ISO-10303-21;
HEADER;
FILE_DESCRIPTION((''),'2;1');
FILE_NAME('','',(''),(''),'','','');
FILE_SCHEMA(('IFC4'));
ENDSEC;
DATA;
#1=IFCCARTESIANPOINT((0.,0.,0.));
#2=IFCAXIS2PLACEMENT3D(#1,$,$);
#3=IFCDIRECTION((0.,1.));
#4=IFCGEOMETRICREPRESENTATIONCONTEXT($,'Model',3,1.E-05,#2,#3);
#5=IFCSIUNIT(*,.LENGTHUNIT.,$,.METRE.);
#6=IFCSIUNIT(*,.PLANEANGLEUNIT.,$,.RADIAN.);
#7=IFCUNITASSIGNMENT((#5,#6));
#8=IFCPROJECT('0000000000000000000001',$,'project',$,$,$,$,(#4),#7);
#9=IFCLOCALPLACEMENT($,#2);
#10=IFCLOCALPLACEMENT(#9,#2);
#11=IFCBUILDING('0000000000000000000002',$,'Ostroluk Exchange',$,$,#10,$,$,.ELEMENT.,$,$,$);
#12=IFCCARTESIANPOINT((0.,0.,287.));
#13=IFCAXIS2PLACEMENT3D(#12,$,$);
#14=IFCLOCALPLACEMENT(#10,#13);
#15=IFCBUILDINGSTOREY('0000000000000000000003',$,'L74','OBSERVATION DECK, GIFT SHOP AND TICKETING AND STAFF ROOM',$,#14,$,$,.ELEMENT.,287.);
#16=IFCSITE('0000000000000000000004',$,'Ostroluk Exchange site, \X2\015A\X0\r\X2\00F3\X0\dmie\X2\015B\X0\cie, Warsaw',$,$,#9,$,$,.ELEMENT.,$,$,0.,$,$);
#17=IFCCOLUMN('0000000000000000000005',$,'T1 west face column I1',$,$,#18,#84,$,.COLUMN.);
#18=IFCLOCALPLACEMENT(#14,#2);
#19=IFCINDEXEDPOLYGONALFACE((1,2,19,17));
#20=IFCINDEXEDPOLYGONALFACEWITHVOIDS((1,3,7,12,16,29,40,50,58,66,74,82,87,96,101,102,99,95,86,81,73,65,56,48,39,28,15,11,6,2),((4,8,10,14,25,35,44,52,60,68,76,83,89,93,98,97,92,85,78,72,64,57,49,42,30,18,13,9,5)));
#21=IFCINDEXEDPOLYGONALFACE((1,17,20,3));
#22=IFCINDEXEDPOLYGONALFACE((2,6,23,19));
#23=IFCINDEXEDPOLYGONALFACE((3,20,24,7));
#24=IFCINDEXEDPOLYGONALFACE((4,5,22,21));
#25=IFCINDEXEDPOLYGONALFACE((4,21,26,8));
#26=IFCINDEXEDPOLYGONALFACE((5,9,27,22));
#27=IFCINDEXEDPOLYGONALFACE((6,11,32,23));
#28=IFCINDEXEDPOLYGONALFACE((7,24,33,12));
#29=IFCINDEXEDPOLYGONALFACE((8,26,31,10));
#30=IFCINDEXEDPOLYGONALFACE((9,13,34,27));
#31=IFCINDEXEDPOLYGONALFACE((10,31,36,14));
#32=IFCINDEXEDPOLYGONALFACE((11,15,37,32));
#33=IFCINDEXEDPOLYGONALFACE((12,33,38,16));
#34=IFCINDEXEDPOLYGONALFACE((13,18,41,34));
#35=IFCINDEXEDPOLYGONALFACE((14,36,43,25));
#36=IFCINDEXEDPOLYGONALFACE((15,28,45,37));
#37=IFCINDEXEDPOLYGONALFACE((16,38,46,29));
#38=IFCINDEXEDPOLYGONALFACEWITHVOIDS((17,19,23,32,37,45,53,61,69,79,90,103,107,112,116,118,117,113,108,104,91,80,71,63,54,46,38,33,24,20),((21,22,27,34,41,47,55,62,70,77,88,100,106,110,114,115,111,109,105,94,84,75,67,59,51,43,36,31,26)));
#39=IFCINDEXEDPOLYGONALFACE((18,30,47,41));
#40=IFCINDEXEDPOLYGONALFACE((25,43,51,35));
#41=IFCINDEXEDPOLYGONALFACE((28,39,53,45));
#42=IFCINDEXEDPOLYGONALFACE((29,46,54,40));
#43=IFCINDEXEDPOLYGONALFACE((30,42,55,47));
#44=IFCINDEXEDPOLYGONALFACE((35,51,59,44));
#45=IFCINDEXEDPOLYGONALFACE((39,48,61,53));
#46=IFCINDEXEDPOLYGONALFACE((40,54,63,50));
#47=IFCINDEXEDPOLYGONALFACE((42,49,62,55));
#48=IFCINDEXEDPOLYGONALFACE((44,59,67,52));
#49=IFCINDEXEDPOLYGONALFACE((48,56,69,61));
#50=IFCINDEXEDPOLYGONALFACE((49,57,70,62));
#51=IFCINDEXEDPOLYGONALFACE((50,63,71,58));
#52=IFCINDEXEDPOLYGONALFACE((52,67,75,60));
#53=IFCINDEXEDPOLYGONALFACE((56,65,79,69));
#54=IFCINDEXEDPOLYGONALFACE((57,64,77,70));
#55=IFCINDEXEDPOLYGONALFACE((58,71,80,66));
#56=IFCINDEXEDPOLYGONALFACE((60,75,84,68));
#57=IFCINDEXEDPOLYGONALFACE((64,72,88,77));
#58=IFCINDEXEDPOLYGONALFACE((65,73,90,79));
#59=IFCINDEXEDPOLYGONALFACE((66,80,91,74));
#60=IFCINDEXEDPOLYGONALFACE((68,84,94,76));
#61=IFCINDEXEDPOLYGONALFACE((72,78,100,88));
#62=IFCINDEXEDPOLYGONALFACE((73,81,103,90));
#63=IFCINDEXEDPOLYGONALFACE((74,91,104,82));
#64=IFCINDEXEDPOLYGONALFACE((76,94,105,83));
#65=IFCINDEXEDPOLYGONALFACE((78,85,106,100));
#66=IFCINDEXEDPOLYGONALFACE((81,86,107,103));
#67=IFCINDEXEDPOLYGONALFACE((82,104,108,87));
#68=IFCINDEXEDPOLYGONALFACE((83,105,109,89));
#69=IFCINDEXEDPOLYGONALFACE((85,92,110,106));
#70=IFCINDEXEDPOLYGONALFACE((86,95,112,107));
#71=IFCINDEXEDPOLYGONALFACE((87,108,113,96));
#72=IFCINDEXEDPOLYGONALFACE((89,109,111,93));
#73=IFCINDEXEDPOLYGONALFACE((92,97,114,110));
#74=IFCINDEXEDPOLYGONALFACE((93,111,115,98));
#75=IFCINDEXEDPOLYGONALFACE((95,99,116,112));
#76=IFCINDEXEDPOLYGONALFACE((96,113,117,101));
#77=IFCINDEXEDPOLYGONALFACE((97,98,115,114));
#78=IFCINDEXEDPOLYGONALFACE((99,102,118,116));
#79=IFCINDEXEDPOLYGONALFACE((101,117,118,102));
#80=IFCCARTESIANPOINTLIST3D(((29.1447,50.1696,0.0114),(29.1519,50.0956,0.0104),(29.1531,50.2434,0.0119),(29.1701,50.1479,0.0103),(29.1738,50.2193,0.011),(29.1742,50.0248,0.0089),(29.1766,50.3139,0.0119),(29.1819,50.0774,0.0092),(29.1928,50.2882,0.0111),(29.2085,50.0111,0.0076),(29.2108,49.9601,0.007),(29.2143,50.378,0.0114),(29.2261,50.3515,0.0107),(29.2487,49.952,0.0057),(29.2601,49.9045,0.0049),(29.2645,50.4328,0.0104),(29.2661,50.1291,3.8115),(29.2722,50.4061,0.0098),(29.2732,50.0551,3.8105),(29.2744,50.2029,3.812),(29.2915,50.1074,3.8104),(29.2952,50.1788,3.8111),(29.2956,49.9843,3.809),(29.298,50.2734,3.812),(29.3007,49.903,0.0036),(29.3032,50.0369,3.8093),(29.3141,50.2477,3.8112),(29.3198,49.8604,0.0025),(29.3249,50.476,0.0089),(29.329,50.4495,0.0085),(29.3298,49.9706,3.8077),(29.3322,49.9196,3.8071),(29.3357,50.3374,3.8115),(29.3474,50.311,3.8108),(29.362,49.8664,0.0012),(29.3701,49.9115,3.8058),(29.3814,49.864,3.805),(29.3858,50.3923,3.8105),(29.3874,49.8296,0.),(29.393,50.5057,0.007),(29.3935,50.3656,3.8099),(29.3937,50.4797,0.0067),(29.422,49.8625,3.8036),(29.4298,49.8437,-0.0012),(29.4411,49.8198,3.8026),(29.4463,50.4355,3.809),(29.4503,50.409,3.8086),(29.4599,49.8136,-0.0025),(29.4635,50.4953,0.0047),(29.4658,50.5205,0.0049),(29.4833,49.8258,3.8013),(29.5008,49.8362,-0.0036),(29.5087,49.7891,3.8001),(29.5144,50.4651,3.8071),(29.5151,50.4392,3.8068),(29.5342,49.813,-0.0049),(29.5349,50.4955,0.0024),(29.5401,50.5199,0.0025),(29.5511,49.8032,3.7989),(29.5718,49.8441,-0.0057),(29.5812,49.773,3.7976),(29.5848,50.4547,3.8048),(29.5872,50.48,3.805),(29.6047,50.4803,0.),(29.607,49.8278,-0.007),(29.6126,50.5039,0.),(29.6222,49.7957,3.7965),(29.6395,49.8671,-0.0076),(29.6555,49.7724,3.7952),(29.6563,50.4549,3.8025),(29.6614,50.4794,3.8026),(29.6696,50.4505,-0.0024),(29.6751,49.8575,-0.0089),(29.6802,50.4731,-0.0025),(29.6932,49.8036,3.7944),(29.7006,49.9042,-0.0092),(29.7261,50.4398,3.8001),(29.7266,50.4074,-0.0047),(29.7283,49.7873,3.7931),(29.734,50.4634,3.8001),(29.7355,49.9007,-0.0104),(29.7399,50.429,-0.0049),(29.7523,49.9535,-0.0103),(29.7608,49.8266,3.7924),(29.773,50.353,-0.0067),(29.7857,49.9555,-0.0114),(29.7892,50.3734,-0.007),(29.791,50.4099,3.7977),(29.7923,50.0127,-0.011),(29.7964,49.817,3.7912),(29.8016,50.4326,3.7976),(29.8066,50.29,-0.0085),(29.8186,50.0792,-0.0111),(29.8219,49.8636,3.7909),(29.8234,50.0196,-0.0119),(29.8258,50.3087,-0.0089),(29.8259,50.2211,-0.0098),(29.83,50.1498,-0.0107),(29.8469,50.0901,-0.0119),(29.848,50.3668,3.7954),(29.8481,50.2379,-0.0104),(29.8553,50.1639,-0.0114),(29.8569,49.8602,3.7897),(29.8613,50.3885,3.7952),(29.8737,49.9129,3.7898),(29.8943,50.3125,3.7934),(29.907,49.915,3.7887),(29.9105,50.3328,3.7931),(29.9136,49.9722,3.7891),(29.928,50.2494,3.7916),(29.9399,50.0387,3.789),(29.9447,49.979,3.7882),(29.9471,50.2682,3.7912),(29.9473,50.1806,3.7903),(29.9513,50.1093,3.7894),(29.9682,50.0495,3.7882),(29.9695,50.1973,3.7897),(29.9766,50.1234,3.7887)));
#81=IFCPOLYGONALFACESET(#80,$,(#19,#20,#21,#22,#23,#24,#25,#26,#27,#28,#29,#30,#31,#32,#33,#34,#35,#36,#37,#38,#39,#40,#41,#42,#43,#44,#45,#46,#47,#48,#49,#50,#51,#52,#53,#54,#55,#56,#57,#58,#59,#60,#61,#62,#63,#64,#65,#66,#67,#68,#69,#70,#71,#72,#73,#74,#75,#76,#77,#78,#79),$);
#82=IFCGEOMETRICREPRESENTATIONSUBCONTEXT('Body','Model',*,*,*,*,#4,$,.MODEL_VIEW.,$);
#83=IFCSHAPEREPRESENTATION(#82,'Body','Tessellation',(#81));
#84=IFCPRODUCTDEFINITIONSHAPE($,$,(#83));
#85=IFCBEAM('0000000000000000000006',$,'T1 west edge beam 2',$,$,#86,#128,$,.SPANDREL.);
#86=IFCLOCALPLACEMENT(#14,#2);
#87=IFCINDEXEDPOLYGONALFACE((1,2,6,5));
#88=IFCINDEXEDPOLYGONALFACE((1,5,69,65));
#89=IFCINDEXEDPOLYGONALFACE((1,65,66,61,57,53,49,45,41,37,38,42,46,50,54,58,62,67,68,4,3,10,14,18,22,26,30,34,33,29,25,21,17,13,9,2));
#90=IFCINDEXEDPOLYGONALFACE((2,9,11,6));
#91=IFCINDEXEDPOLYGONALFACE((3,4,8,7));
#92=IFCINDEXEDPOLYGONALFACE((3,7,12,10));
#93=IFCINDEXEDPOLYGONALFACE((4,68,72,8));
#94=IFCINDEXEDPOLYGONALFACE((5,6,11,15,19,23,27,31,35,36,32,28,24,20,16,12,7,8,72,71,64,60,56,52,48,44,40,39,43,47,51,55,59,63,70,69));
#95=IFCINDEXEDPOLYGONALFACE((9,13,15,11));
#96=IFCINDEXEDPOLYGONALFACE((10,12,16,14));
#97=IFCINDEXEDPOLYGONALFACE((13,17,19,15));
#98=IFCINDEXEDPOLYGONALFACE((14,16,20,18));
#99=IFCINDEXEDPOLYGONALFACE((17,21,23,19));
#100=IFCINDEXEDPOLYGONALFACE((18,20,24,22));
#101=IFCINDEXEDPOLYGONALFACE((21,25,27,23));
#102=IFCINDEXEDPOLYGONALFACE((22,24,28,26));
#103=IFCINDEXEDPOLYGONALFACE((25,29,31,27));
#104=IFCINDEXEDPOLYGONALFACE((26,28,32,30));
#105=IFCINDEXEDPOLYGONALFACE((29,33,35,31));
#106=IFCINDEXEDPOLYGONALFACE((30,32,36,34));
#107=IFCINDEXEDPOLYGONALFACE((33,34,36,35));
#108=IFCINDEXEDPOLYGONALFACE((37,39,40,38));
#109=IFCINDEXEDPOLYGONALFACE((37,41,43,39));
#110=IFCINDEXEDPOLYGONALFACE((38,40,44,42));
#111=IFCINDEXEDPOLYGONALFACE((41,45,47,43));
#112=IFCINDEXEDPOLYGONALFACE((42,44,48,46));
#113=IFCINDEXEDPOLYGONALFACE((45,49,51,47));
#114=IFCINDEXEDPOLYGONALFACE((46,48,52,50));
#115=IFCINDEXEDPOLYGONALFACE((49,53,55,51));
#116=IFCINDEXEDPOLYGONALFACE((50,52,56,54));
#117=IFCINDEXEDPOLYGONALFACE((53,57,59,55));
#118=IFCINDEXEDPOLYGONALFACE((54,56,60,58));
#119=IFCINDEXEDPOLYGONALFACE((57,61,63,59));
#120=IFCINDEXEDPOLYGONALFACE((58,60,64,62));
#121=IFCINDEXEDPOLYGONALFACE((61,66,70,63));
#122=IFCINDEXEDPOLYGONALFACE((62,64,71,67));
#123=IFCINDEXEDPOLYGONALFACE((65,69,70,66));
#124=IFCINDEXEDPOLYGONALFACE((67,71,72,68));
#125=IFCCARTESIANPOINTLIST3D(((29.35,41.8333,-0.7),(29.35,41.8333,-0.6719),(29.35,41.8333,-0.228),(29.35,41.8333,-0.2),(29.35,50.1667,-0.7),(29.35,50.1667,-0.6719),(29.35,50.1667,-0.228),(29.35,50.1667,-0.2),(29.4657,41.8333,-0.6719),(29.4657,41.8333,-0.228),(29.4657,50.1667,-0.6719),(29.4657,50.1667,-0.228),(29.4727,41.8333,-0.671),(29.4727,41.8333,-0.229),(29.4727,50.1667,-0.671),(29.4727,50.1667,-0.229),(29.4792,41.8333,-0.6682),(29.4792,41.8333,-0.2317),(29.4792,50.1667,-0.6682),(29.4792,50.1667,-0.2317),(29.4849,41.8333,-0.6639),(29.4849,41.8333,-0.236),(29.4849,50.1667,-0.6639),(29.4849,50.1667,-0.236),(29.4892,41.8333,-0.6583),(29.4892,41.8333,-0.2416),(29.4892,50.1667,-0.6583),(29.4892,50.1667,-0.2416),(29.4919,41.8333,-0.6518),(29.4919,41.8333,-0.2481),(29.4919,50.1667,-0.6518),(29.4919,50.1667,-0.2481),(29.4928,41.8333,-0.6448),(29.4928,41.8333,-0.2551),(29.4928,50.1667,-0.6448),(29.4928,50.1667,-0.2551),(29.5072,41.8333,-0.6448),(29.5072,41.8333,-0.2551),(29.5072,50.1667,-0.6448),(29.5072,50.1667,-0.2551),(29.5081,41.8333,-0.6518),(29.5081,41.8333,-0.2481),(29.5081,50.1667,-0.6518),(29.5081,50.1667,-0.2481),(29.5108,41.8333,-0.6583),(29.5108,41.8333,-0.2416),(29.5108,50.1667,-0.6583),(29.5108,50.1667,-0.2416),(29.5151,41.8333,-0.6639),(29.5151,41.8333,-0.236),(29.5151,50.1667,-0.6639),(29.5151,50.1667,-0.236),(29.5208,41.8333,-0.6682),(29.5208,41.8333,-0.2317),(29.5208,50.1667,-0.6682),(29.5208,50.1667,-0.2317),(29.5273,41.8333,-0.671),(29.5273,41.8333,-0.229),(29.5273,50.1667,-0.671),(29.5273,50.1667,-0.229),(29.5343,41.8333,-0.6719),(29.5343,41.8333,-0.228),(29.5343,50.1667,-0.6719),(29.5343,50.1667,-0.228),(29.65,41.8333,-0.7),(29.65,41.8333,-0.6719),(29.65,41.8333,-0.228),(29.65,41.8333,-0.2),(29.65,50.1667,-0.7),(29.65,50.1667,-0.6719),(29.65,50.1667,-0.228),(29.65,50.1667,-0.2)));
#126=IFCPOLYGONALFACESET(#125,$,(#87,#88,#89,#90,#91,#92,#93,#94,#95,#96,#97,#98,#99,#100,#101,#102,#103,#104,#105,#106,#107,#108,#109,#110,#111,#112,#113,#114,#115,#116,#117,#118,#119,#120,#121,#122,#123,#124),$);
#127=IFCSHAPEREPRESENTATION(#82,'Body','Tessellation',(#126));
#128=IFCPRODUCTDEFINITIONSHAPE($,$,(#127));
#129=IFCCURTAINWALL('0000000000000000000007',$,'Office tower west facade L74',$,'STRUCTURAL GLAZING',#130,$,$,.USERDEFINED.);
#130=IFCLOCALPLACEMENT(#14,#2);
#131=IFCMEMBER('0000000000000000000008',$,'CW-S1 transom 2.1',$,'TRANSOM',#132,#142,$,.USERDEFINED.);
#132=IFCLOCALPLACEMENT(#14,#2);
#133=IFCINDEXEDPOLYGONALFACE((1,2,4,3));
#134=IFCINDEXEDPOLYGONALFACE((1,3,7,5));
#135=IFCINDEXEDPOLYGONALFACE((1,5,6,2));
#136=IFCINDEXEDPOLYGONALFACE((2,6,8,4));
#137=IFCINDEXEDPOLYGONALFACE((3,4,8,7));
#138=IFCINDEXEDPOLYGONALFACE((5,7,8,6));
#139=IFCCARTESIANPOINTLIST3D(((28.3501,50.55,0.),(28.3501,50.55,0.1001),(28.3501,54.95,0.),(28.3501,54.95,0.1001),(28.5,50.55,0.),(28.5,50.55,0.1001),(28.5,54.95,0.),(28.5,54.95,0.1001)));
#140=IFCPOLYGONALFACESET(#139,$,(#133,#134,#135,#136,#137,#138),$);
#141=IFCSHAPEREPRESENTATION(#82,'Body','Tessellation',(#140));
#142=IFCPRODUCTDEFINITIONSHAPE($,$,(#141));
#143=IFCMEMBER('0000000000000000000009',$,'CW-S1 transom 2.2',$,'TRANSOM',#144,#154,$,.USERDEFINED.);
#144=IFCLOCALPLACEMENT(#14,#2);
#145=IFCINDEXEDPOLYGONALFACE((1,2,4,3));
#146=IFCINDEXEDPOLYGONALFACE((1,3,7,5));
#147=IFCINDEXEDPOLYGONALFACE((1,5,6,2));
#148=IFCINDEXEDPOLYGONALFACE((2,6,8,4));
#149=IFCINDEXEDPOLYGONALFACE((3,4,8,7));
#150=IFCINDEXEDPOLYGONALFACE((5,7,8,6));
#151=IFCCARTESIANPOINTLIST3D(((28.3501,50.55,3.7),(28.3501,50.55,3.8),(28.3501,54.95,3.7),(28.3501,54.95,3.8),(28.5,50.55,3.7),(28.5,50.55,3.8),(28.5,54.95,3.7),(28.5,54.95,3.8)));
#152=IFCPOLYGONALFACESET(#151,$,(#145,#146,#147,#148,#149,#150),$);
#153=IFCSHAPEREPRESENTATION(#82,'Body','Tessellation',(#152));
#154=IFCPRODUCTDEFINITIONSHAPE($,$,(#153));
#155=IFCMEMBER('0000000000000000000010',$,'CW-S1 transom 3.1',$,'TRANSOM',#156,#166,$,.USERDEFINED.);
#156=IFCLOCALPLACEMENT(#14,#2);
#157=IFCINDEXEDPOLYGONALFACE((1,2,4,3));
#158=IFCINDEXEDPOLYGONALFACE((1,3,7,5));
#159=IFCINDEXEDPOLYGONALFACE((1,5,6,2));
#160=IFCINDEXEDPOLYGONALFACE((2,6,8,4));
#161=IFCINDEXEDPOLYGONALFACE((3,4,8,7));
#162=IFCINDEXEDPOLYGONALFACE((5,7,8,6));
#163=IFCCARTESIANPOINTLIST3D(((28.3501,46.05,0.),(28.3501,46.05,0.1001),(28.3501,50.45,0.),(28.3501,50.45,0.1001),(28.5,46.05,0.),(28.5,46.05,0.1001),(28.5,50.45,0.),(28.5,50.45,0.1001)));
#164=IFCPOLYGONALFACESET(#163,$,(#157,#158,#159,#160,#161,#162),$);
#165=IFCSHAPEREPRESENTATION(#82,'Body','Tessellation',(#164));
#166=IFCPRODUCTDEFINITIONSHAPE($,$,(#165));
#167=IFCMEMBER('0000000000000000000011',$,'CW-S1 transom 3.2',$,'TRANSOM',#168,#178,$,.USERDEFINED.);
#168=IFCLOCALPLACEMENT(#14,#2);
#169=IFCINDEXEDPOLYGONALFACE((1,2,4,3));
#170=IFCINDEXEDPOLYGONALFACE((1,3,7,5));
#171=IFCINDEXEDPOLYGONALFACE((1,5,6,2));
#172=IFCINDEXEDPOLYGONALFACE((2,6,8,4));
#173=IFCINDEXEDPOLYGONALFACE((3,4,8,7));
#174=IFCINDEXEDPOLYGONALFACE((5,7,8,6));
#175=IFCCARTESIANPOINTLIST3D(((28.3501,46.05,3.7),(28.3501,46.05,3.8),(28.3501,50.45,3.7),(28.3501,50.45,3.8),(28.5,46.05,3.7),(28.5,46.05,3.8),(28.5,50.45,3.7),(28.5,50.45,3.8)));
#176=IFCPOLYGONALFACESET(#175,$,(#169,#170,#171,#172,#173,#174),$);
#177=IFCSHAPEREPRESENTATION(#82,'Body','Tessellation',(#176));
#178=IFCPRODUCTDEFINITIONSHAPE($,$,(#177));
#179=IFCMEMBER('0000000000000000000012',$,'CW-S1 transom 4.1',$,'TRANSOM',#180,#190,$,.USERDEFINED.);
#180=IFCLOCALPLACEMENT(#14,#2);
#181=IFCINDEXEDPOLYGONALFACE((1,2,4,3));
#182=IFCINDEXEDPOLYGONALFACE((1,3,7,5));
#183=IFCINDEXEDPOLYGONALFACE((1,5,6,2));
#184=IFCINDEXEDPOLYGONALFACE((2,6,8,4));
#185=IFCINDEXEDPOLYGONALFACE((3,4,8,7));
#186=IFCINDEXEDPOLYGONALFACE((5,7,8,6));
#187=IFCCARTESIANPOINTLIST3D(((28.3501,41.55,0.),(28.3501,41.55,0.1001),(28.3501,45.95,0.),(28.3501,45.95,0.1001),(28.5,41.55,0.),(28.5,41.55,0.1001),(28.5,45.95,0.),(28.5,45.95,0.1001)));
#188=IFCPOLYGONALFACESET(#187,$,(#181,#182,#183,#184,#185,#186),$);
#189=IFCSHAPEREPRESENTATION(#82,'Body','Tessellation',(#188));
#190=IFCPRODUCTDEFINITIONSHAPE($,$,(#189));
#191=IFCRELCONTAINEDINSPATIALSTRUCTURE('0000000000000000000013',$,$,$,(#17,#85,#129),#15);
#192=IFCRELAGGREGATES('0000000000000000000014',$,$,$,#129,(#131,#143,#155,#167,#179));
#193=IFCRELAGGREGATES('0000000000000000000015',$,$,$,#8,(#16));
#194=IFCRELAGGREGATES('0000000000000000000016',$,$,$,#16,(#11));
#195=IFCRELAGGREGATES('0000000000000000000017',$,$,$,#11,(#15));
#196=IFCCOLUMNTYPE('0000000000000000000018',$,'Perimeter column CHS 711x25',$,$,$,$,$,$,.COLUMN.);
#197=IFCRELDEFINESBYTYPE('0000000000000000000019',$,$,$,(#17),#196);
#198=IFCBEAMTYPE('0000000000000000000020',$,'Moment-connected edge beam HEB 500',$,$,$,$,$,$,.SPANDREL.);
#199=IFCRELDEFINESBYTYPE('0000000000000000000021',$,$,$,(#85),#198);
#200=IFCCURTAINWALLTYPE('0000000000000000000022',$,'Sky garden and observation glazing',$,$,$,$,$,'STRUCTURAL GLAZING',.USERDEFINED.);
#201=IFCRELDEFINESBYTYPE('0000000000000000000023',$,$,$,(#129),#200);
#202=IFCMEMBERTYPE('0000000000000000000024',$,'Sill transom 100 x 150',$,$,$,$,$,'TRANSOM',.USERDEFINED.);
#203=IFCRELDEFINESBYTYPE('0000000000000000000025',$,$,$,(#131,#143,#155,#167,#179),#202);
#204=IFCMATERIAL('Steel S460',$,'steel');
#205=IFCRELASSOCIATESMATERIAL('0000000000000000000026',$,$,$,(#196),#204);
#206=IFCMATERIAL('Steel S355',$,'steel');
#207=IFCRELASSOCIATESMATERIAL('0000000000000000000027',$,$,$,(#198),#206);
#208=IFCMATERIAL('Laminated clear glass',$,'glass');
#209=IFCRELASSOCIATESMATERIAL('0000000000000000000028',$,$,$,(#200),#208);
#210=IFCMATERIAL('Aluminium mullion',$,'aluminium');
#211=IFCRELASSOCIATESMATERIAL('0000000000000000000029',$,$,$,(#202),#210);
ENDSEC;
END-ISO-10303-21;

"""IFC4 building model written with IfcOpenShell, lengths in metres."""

from ifc_helpers import new_model, si_unit, direction, frame, origin, origin_2d, place, context, subcontext, project, spatial, rectangle, hollow_circle, i_section, extrude, material, material_profile, profile_set, type_object, element, aggregate, save


model = new_model("IFC4")

# Units and contexts
model_context = context("Model", 3, precision=1e-05, world=origin(), true_north=direction((0.0, 1.0)))
body_context = subcontext(model_context, "Body", "Model", "MODEL_VIEW")
ifc_project = project(units=[si_unit("LENGTHUNIT", "METRE"), si_unit("PLANEANGLEUNIT", "RADIAN")], contexts=[model_context])

# Site, building, storey
site_placement = place(None, origin())
site = spatial("IfcSite", under=ifc_project, at=site_placement, Name="Ostroluk Exchange site, Śródmieście, Warsaw", CompositionType="ELEMENT", RefElevation=0.0)
building_placement = place(site_placement, origin())
building = spatial("IfcBuilding", under=site, at=building_placement, Name="Ostroluk Exchange", CompositionType="ELEMENT")
storey_placement = place(building_placement, frame((0.0, 0.0, 287.0)))
storey = spatial("IfcBuildingStorey", under=building, at=storey_placement, Name="L74", Description="OBSERVATION DECK, GIFT SHOP AND TICKETING AND STAFF ROOM", CompositionType="ELEMENT", Elevation=287.0)

# Column
ifc_material_1 = material(Name="Steel S460", Category="steel")
ifc_material_profile_1 = material_profile(ifc_material_1, hollow_circle(Radius=0.3555, WallThickness=0.0249, at=origin_2d()), Name="CHS 711x25")
ifc_profile_set_1 = profile_set([ifc_material_profile_1], Name="Steel S460")
column_type = type_object("IfcColumnType", Name="Perimeter column CHS 711x25", PredefinedType="COLUMN", material=ifc_profile_set_1)
column_placement = place(storey_placement, frame((29.5, 50.1667, 0.0), z_axis=(0.031913, -0.010659, 0.999434), x_axis=(0.3168, 0.948492, 0.0)))
element("IfcColumn", 1, at=column_placement, inside=storey, type_object=column_type, Name="T1 west face column I1", PredefinedType="COLUMN", context=body_context, shape_type="SweptSolid", body=[
    extrude(hollow_circle(Radius=0.3555, WallThickness=0.0249, at=origin_2d()), origin(), (0.0, 0.0, 1.0), 3.8022),
])

# Beam
ifc_material_2 = material(Name="Steel S355", Category="steel")
ifc_material_profile_2 = material_profile(ifc_material_2, i_section(OverallWidth=0.3, OverallDepth=0.5, WebThickness=0.0144, FlangeThickness=0.0281, FilletRadius=0.0271, at=origin_2d()), Name="HEB 500")
ifc_profile_set_2 = profile_set([ifc_material_profile_2], Name="Steel S355")
beam_type = type_object("IfcBeamType", Name="Moment-connected edge beam HEB 500", PredefinedType="SPANDREL", material=ifc_profile_set_2)
beam_placement = place(storey_placement, frame((29.5, 50.1667, -0.45), z_axis=(0.0, -1.0, 0.0), x_axis=(1.0, 0.0, 0.0)))
element("IfcBeam", 2, at=beam_placement, inside=storey, type_object=beam_type, Name="T1 west edge beam 2", PredefinedType="SPANDREL", context=body_context, shape_type="SweptSolid", body=[
    extrude(i_section(OverallWidth=0.3, OverallDepth=0.5, WebThickness=0.0144, FlangeThickness=0.0281, FilletRadius=0.0271, at=origin_2d()), origin(), (0.0, 0.0, 1.0), 8.3335),
])

# Curtain wall, members
ifc_material_3 = material(Name="Laminated clear glass", Category="glass")
curtain_wall_type = type_object("IfcCurtainWallType", Name="Sky garden and observation glazing", ElementType="STRUCTURAL GLAZING", PredefinedType="USERDEFINED", material=ifc_material_3)
curtain_wall_placement = place(storey_placement, origin())
curtain_wall = element("IfcCurtainWall", 3, at=curtain_wall_placement, inside=storey, type_object=curtain_wall_type, Name="Office tower west facade L74", ObjectType="STRUCTURAL GLAZING", PredefinedType="USERDEFINED")
ifc_material_4 = material(Name="Aluminium mullion", Category="aluminium")
ifc_material_profile_3 = material_profile(ifc_material_4, rectangle(XDim=0.1499, YDim=0.1001, at=origin_2d()), Name="Sill transom 100 x 150")
ifc_profile_set_3 = profile_set([ifc_material_profile_3], Name="Aluminium mullion")
member_type_1 = type_object("IfcMemberType", Name="Sill transom 100 x 150", ElementType="TRANSOM", PredefinedType="USERDEFINED", material=ifc_profile_set_3)
member_1_placement = place(storey_placement, frame((28.425, 54.95, 0.05), z_axis=(0.0, -1.0, 0.0), x_axis=(1.0, 0.0, 0.0)))
member_1 = element("IfcMember", 4, at=member_1_placement, type_object=member_type_1, Name="CW-S1 transom 2.1", ObjectType="TRANSOM", PredefinedType="USERDEFINED", context=body_context, shape_type="SweptSolid", body=[
    extrude(rectangle(XDim=0.1499, YDim=0.1001, at=origin_2d()), origin(), (0.0, 0.0, 1.0), 4.3999),
])
member_2_placement = place(storey_placement, frame((28.425, 54.95, 3.75), z_axis=(0.0, -1.0, 0.0), x_axis=(1.0, 0.0, 0.0)))
member_2 = element("IfcMember", 5, at=member_2_placement, type_object=member_type_1, Name="CW-S1 transom 2.2", ObjectType="TRANSOM", PredefinedType="USERDEFINED", context=body_context, shape_type="SweptSolid", body=[
    extrude(rectangle(XDim=0.1499, YDim=0.1001, at=origin_2d()), origin(), (0.0, 0.0, 1.0), 4.3999),
])
member_3_placement = place(storey_placement, frame((28.425, 50.45, 0.05), z_axis=(0.0, -1.0, 0.0), x_axis=(1.0, 0.0, 0.0)))
member_3 = element("IfcMember", 6, at=member_3_placement, type_object=member_type_1, Name="CW-S1 transom 3.1", ObjectType="TRANSOM", PredefinedType="USERDEFINED", context=body_context, shape_type="SweptSolid", body=[
    extrude(rectangle(XDim=0.1499, YDim=0.1001, at=origin_2d()), origin(), (0.0, 0.0, 1.0), 4.3999),
])
member_4_placement = place(storey_placement, frame((28.425, 50.45, 3.75), z_axis=(0.0, -1.0, 0.0), x_axis=(1.0, 0.0, 0.0)))
member_4 = element("IfcMember", 7, at=member_4_placement, type_object=member_type_1, Name="CW-S1 transom 3.2", ObjectType="TRANSOM", PredefinedType="USERDEFINED", context=body_context, shape_type="SweptSolid", body=[
    extrude(rectangle(XDim=0.1499, YDim=0.1001, at=origin_2d()), origin(), (0.0, 0.0, 1.0), 4.3999),
])
member_5_placement = place(storey_placement, frame((28.425, 45.95, 0.05), z_axis=(0.0, -1.0, 0.0), x_axis=(1.0, 0.0, 0.0)))
member_5 = element("IfcMember", 8, at=member_5_placement, type_object=member_type_1, Name="CW-S1 transom 4.1", ObjectType="TRANSOM", PredefinedType="USERDEFINED", context=body_context, shape_type="SweptSolid", body=[
    extrude(rectangle(XDim=0.1499, YDim=0.1001, at=origin_2d()), origin(), (0.0, 0.0, 1.0), 4.3999),
])
aggregate(curtain_wall, [member_1, member_2, member_3, member_4, member_5])

save(model, "model.ifc")
